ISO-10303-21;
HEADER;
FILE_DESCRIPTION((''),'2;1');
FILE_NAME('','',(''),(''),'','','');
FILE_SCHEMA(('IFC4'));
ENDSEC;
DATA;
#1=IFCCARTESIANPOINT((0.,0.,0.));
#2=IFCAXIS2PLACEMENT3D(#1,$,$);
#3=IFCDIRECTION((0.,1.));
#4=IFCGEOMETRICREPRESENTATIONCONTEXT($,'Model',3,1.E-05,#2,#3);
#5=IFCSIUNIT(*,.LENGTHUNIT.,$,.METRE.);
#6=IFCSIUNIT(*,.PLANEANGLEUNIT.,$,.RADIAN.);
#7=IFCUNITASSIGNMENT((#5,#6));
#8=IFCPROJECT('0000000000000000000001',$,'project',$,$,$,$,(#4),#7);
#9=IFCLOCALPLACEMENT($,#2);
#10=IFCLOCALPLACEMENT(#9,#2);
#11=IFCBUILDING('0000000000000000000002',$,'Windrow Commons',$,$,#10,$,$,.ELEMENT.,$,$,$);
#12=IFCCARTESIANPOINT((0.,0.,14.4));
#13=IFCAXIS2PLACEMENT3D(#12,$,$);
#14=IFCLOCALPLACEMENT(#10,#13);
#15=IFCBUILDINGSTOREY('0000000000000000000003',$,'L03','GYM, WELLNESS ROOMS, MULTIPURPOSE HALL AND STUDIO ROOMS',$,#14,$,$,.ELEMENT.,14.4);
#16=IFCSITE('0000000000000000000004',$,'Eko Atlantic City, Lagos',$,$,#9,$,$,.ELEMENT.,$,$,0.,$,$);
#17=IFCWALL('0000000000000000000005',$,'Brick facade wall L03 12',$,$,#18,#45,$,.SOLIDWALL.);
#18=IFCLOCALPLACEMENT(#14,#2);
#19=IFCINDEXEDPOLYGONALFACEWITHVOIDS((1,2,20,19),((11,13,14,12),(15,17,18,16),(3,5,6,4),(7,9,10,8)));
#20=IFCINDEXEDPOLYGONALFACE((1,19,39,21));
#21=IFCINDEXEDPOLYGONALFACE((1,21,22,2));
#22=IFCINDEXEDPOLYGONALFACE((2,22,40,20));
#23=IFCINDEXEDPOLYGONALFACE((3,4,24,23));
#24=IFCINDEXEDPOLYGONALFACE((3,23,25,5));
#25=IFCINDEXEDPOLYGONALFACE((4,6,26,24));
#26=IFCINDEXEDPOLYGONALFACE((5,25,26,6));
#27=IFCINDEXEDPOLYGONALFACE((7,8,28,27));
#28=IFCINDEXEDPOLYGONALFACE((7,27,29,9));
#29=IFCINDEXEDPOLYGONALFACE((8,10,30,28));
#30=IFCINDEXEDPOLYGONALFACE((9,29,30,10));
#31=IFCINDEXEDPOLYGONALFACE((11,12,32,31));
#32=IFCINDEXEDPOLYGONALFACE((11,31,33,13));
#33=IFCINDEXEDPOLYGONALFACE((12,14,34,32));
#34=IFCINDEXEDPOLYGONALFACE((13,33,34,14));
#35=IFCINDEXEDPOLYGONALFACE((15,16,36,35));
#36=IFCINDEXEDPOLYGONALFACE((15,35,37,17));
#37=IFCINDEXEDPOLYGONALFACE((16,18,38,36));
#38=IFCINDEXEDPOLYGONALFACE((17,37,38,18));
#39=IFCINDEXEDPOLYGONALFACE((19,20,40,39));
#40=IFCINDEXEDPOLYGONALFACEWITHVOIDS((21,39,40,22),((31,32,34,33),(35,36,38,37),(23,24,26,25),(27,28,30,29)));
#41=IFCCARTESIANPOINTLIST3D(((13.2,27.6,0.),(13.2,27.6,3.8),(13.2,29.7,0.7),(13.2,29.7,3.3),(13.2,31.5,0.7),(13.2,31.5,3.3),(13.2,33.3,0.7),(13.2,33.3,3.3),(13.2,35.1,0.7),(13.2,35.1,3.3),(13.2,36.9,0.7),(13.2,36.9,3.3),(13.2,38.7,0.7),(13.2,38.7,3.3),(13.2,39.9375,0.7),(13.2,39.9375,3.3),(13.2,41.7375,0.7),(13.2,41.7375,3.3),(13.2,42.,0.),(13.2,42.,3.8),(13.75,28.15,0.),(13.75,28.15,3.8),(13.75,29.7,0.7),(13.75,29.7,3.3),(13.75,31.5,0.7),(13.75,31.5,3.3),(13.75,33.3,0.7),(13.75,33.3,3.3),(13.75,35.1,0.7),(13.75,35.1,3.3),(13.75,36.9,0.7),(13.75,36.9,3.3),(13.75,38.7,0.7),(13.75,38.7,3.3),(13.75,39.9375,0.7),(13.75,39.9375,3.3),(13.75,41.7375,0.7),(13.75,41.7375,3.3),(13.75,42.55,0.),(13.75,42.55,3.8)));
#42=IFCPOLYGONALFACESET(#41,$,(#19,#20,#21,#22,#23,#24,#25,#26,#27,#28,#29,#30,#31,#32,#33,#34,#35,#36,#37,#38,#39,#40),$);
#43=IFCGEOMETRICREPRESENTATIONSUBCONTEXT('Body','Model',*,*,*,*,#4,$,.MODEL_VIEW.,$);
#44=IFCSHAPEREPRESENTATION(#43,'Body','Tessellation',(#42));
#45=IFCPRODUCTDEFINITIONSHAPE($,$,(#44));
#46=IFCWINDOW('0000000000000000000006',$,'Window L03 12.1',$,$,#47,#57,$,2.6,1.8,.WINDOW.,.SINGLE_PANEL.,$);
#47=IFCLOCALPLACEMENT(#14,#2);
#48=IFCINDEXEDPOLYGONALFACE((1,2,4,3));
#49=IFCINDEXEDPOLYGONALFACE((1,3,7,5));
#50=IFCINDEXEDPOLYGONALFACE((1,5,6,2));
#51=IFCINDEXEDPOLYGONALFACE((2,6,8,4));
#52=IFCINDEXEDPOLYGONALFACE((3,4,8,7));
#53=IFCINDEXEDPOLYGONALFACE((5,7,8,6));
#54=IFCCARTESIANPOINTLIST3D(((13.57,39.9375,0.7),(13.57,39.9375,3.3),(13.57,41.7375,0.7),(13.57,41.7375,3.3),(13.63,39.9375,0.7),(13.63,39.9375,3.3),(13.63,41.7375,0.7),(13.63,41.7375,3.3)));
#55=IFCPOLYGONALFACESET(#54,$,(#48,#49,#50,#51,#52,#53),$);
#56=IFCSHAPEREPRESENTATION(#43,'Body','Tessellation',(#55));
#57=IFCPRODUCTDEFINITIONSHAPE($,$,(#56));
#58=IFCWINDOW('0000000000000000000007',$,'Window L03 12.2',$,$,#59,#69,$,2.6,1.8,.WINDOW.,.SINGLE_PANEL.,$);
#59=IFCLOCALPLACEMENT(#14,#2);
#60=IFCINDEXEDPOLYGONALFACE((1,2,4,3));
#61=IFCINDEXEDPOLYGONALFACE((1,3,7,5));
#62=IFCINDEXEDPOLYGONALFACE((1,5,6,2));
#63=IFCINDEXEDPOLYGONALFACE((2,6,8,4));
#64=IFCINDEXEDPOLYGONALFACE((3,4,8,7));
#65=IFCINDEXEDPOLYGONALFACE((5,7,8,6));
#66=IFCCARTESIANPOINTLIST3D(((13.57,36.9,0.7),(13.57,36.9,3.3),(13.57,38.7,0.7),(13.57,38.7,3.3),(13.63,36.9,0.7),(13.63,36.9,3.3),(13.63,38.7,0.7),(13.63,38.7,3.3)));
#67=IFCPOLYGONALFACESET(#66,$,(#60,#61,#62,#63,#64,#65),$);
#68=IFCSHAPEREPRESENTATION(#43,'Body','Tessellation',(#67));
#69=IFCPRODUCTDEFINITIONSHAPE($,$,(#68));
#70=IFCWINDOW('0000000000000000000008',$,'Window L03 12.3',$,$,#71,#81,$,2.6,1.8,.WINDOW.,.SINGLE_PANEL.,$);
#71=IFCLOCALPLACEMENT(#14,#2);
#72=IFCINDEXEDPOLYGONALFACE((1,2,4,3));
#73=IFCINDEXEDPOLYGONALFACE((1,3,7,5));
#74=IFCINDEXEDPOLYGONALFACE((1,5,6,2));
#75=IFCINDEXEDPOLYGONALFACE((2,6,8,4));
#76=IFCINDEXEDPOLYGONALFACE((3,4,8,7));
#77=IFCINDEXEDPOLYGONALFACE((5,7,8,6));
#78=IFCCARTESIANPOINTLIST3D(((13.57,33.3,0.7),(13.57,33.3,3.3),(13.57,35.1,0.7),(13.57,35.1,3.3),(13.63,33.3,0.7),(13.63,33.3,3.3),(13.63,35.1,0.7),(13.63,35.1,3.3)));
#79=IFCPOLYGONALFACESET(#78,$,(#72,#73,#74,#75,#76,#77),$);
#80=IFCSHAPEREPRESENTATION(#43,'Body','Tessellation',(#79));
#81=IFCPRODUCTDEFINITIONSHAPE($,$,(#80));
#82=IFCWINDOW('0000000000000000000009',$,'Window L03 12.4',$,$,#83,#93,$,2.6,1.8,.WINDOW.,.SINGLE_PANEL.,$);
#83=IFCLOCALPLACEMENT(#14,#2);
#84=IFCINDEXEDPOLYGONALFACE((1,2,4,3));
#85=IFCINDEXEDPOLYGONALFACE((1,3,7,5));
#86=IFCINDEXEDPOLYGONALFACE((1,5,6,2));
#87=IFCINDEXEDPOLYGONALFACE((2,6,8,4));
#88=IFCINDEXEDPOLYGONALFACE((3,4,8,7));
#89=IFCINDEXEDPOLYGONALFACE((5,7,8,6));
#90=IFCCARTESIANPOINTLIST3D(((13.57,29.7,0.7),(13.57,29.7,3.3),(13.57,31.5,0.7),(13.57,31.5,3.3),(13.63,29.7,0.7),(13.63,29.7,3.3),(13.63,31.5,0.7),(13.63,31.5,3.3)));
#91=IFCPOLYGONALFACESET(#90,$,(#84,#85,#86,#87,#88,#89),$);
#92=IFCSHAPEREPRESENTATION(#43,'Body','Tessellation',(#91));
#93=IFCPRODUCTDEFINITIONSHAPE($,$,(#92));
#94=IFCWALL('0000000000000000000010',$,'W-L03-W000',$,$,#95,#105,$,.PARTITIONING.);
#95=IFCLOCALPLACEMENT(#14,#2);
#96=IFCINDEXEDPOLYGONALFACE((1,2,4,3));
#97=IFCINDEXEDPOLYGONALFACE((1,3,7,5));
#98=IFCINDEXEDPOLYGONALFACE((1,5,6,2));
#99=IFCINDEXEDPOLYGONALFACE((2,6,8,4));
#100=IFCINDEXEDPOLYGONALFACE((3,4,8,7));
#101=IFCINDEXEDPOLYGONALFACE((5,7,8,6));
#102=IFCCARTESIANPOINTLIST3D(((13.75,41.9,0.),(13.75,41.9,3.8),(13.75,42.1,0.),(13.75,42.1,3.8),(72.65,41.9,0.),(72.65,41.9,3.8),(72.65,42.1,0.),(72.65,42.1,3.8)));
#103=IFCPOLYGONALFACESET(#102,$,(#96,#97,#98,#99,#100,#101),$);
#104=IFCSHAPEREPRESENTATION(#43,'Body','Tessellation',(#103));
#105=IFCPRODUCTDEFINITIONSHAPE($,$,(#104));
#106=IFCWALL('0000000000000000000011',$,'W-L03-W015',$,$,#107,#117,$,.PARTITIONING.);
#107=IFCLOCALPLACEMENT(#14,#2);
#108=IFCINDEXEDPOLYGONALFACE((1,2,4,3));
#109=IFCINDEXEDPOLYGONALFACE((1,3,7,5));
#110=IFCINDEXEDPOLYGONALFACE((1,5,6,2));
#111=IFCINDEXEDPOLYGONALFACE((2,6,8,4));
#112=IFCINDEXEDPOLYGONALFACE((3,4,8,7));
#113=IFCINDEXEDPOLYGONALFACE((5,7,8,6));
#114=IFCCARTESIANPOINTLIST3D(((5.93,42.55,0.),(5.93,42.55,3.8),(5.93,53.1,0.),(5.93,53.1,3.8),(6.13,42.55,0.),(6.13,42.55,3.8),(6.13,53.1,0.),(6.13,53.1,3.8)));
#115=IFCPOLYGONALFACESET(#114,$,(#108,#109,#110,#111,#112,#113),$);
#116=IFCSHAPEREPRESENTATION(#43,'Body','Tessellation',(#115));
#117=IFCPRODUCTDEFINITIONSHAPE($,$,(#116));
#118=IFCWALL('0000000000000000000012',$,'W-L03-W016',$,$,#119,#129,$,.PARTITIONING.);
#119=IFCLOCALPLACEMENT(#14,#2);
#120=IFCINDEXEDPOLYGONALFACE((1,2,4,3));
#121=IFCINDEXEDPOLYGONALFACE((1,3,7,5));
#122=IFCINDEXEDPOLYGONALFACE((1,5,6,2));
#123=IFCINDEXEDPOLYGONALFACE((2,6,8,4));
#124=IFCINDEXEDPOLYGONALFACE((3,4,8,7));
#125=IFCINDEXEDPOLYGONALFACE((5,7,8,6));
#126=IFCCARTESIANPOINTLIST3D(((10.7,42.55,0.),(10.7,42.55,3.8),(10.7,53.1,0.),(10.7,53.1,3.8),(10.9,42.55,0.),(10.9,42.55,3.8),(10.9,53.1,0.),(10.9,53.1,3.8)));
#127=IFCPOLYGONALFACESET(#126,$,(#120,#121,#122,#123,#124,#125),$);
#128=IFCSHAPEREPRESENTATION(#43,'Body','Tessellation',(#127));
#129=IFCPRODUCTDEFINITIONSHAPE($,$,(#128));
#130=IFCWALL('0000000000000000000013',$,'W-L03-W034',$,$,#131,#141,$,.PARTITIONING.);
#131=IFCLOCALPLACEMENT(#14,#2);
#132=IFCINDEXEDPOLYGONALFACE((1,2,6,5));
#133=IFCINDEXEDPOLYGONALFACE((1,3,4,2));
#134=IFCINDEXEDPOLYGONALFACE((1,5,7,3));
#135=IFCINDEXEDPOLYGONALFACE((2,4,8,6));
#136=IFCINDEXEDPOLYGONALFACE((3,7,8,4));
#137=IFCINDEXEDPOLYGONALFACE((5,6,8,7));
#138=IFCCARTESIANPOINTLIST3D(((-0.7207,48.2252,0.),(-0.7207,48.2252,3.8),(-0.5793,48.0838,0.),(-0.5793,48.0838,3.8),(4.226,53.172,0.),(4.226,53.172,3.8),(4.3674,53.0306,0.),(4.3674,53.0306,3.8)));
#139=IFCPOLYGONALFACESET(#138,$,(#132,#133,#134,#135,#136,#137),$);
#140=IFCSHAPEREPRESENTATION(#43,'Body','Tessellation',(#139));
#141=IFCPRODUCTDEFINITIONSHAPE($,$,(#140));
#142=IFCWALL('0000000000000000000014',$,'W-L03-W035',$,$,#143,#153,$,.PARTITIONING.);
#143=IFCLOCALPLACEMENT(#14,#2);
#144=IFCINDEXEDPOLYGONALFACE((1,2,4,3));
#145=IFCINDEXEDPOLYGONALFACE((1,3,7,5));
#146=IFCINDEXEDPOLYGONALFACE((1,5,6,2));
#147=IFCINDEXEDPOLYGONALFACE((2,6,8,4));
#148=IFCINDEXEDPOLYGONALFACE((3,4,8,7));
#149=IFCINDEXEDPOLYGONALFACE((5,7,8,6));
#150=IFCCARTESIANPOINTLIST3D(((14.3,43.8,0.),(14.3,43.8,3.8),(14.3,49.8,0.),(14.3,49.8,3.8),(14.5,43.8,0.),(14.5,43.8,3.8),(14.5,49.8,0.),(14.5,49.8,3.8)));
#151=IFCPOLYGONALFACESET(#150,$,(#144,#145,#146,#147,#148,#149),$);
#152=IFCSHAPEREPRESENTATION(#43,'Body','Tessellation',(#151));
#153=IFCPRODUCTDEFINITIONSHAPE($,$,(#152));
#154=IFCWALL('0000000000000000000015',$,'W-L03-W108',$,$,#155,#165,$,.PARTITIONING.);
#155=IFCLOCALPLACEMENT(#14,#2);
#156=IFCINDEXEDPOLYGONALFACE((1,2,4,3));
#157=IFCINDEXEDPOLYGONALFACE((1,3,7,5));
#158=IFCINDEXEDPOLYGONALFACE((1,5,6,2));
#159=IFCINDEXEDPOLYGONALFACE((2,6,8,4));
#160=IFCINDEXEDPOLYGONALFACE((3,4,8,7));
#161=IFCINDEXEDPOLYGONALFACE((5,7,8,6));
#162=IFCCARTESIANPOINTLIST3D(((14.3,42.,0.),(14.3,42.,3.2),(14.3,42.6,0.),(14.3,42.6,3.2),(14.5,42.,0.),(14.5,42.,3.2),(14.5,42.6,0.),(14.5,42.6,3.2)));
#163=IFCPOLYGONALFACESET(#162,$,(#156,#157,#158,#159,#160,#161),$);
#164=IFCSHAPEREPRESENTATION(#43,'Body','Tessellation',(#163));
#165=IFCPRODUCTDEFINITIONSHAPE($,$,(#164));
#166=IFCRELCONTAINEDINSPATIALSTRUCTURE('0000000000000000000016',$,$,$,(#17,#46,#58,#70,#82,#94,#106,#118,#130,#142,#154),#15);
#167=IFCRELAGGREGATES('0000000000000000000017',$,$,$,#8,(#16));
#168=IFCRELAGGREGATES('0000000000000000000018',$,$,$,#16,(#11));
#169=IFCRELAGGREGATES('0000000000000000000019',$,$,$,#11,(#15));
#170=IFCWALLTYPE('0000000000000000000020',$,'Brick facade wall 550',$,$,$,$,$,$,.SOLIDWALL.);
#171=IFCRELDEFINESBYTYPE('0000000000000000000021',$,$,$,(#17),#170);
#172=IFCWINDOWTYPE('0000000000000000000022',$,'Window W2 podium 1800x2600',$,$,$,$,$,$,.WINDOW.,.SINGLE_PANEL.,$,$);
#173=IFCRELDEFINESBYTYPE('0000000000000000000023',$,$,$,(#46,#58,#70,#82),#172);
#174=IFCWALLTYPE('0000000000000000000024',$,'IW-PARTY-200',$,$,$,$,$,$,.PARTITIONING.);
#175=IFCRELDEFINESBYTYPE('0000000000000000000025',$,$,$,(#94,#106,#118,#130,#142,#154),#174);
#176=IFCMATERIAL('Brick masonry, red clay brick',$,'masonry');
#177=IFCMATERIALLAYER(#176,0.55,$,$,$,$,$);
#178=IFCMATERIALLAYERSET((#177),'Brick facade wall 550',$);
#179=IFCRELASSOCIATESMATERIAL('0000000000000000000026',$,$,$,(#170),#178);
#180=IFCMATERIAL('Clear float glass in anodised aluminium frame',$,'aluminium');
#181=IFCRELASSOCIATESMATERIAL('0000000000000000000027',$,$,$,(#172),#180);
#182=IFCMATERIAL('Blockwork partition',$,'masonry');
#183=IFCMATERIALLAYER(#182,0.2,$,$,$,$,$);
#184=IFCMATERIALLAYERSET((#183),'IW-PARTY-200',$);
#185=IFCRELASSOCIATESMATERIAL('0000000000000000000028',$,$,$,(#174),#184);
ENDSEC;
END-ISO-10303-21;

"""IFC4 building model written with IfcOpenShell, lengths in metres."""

from ifc_helpers import new_model, si_unit, direction, frame, frame_2d, origin, place, context, subcontext, project, spatial, polyline, rectangle, outline, extrude, material, layer, layer_set, type_object, element, fill, save


model = new_model("IFC4")

# Units and contexts
model_context = context("Model", 3, precision=1e-05, world=origin(), true_north=direction((0.0, 1.0)))
body_context = subcontext(model_context, "Body", "Model", "MODEL_VIEW")
ifc_project = project(units=[si_unit("LENGTHUNIT", "METRE"), si_unit("PLANEANGLEUNIT", "RADIAN")], contexts=[model_context])

# Site, building, storey
site_placement = place(None, origin())
site = spatial("IfcSite", under=ifc_project, at=site_placement, Name="Eko Atlantic City, Lagos", CompositionType="ELEMENT", RefElevation=0.0)
building_placement = place(site_placement, origin())
building = spatial("IfcBuilding", under=site, at=building_placement, Name="Windrow Commons", CompositionType="ELEMENT")
storey_placement = place(building_placement, frame((0.0, 0.0, 14.4)))
storey = spatial("IfcBuildingStorey", under=building, at=storey_placement, Name="L03", Description="GYM, WELLNESS ROOMS, MULTIPURPOSE HALL AND STUDIO ROOMS", CompositionType="ELEMENT", Elevation=14.4)

# Shared definitions
ifc_material_1 = material(Name="Brick masonry, red clay brick", Category="masonry")
ifc_layer_1 = layer(ifc_material_1, 0.55)
ifc_layer_set_1 = layer_set([ifc_layer_1], Name="Brick facade wall 550")
wall_type_1 = type_object("IfcWallType", Name="Brick facade wall 550", PredefinedType="SOLIDWALL", material=ifc_layer_set_1)

# Wall, openings, windows
ifc_material_2 = material(Name="Clear float glass in anodised aluminium frame", Category="aluminium")
window_type = type_object("IfcWindowType", Name="Window W2 podium 1800x2600", PartitioningType="SINGLE_PANEL", PredefinedType="WINDOW", material=ifc_material_2)
wall_1_placement = place(storey_placement, frame((13.475, 42.275, 0.0), z_axis=(0.0, 0.0, 1.0), x_axis=(0.0, -1.0, 0.0)))
wall_1 = element("IfcWall", 1, at=wall_1_placement, inside=storey, type_object=wall_type_1, Name="Brick facade wall L03 12", PredefinedType="SOLIDWALL", context=body_context, shape_type="SweptSolid", body=[
    extrude(outline(polyline([(0.275, -0.275), (14.675, -0.275), (14.125, 0.275), (-0.275, 0.275), (0.275, -0.275)])), origin(), (0.0, 0.0, 1.0), 3.8),
])
opening_1_placement = place(wall_1_placement, frame((0.5375, 0.0, 0.7)))
opening_1 = element("IfcOpeningElement", 2, at=opening_1_placement, cuts=wall_1, PredefinedType="OPENING", context=body_context, shape_type="SweptSolid", body=[
    extrude(rectangle(XDim=1.8, YDim=2.6, at=frame_2d((0.9, 1.3))), frame((0.0, 0.285, 0.0), z_axis=(0.0, -1.0, 0.0), x_axis=(1.0, 0.0, 0.0)), (0.0, 0.0, 1.0), 0.57),
])
opening_2_placement = place(wall_1_placement, frame((3.575, 0.0, 0.7)))
opening_2 = element("IfcOpeningElement", 3, at=opening_2_placement, cuts=wall_1, PredefinedType="OPENING", context=body_context, shape_type="SweptSolid", body=[
    extrude(rectangle(XDim=1.8, YDim=2.6, at=frame_2d((0.9, 1.3))), frame((0.0, 0.285, 0.0), z_axis=(0.0, -1.0, 0.0), x_axis=(1.0, 0.0, 0.0)), (0.0, 0.0, 1.0), 0.57),
])
opening_3_placement = place(wall_1_placement, frame((7.175, 0.0, 0.7)))
opening_3 = element("IfcOpeningElement", 4, at=opening_3_placement, cuts=wall_1, PredefinedType="OPENING", context=body_context, shape_type="SweptSolid", body=[
    extrude(rectangle(XDim=1.8, YDim=2.6, at=frame_2d((0.9, 1.3))), frame((0.0, 0.285, 0.0), z_axis=(0.0, -1.0, 0.0), x_axis=(1.0, 0.0, 0.0)), (0.0, 0.0, 1.0), 0.57),
])
opening_4_placement = place(wall_1_placement, frame((10.775, 0.0, 0.7)))
opening_4 = element("IfcOpeningElement", 5, at=opening_4_placement, cuts=wall_1, PredefinedType="OPENING", context=body_context, shape_type="SweptSolid", body=[
    extrude(rectangle(XDim=1.8, YDim=2.6, at=frame_2d((0.9, 1.3))), frame((0.0, 0.285, 0.0), z_axis=(0.0, -1.0, 0.0), x_axis=(1.0, 0.0, 0.0)), (0.0, 0.0, 1.0), 0.57),
])
window_1_placement = place(opening_1_placement, origin())
window_1 = element("IfcWindow", 6, at=window_1_placement, inside=storey, type_object=window_type, Name="Window L03 12.1", OverallHeight=2.6, OverallWidth=1.8, PartitioningType="SINGLE_PANEL", PredefinedType="WINDOW", context=body_context, shape_type="SweptSolid", body=[
    extrude(rectangle(XDim=1.8, YDim=2.6, at=frame_2d((0.9, 1.3))), frame((0.0, 0.155, 0.0), z_axis=(0.0, -1.0, 0.0), x_axis=(1.0, 0.0, 0.0)), (0.0, 0.0, 1.0), 0.06),
])
fill(opening_1, window_1)
window_2_placement = place(opening_2_placement, origin())
window_2 = element("IfcWindow", 7, at=window_2_placement, inside=storey, type_object=window_type, Name="Window L03 12.2", OverallHeight=2.6, OverallWidth=1.8, PartitioningType="SINGLE_PANEL", PredefinedType="WINDOW", context=body_context, shape_type="SweptSolid", body=[
    extrude(rectangle(XDim=1.8, YDim=2.6, at=frame_2d((0.9, 1.3))), frame((0.0, 0.155, 0.0), z_axis=(0.0, -1.0, 0.0), x_axis=(1.0, 0.0, 0.0)), (0.0, 0.0, 1.0), 0.06),
])
fill(opening_2, window_2)
window_3_placement = place(opening_3_placement, origin())
window_3 = element("IfcWindow", 8, at=window_3_placement, inside=storey, type_object=window_type, Name="Window L03 12.3", OverallHeight=2.6, OverallWidth=1.8, PartitioningType="SINGLE_PANEL", PredefinedType="WINDOW", context=body_context, shape_type="SweptSolid", body=[
    extrude(rectangle(XDim=1.8, YDim=2.6, at=frame_2d((0.9, 1.3))), frame((0.0, 0.155, 0.0), z_axis=(0.0, -1.0, 0.0), x_axis=(1.0, 0.0, 0.0)), (0.0, 0.0, 1.0), 0.06),
])
fill(opening_3, window_3)
window_4_placement = place(opening_4_placement, origin())
window_4 = element("IfcWindow", 9, at=window_4_placement, inside=storey, type_object=window_type, Name="Window L03 12.4", OverallHeight=2.6, OverallWidth=1.8, PartitioningType="SINGLE_PANEL", PredefinedType="WINDOW", context=body_context, shape_type="SweptSolid", body=[
    extrude(rectangle(XDim=1.8, YDim=2.6, at=frame_2d((0.9, 1.3))), frame((0.0, 0.155, 0.0), z_axis=(0.0, -1.0, 0.0), x_axis=(1.0, 0.0, 0.0)), (0.0, 0.0, 1.0), 0.06),
])
fill(opening_4, window_4)

# Walls
ifc_material_3 = material(Name="Blockwork partition", Category="masonry")
ifc_layer_2 = layer(ifc_material_3, 0.2)
ifc_layer_set_2 = layer_set([ifc_layer_2], Name="IW-PARTY-200")
wall_type_2 = type_object("IfcWallType", Name="IW-PARTY-200", PredefinedType="PARTITIONING", material=ifc_layer_set_2)
wall_2_placement = place(storey_placement, frame((13.75, 42.0, 0.0), z_axis=(0.0, 0.0, 1.0), x_axis=(1.0, 0.0, 0.0)))
element("IfcWall", 10, at=wall_2_placement, inside=storey, type_object=wall_type_2, Name="W-L03-W000", PredefinedType="PARTITIONING", context=body_context, shape_type="SweptSolid", body=[
    extrude(rectangle(XDim=58.9, YDim=0.2, at=frame_2d((29.45, 0.0))), origin(), (0.0, 0.0, 1.0), 3.8),
])
for number, where, z_axis, x_axis, name in (
    (11, (6.03, 42.55, 0.0), (0.0, 0.0, 1.0), (0.0, 1.0, 0.0), "W-L03-W015"),
    (12, (10.8, 42.55, 0.0), (0.0, 0.0, 1.0), (0.0, 1.0, 0.0), "W-L03-W016"),
):
    element("IfcWall", number, at=place(storey_placement, frame(where, z_axis=z_axis, x_axis=x_axis)), inside=storey, type_object=wall_type_2, Name=name, PredefinedType="PARTITIONING", context=body_context, shape_type="SweptSolid", body=[
        extrude(rectangle(XDim=10.55, YDim=0.2, at=frame_2d((5.275, 0.0))), origin(), (0.0, 0.0, 1.0), 3.8),
    ])
wall_3_placement = place(storey_placement, frame((-0.65, 48.1545, 0.0), z_axis=(0.0, 0.0, 1.0), x_axis=(0.7071, 0.707114, 0.0)))
element("IfcWall", 13, at=wall_3_placement, inside=storey, type_object=wall_type_2, Name="W-L03-W034", PredefinedType="PARTITIONING", context=body_context, shape_type="SweptSolid", body=[
    extrude(rectangle(XDim=6.9958, YDim=0.2, at=frame_2d((3.4979, 0.0))), origin(), (0.0, 0.0, 1.0), 3.8),
])
wall_4_placement = place(storey_placement, frame((14.4, 43.8, 0.0), z_axis=(0.0, 0.0, 1.0), x_axis=(0.0, 1.0, 0.0)))
element("IfcWall", 14, at=wall_4_placement, inside=storey, type_object=wall_type_2, Name="W-L03-W035", PredefinedType="PARTITIONING", context=body_context, shape_type="SweptSolid", body=[
    extrude(rectangle(XDim=6.0, YDim=0.2, at=frame_2d((3.0, 0.0))), origin(), (0.0, 0.0, 1.0), 3.8),
])
wall_5_placement = place(storey_placement, frame((14.4, 42.0, 0.0), z_axis=(0.0, 0.0, 1.0), x_axis=(0.0, 1.0, 0.0)))
element("IfcWall", 15, at=wall_5_placement, inside=storey, type_object=wall_type_2, Name="W-L03-W108", PredefinedType="PARTITIONING", context=body_context, shape_type="SweptSolid", body=[
    extrude(rectangle(XDim=0.6, YDim=0.2, at=frame_2d((0.3, 0.0))), origin(), (0.0, 0.0, 1.0), 3.2),
])

save(model, "model.ifc")
